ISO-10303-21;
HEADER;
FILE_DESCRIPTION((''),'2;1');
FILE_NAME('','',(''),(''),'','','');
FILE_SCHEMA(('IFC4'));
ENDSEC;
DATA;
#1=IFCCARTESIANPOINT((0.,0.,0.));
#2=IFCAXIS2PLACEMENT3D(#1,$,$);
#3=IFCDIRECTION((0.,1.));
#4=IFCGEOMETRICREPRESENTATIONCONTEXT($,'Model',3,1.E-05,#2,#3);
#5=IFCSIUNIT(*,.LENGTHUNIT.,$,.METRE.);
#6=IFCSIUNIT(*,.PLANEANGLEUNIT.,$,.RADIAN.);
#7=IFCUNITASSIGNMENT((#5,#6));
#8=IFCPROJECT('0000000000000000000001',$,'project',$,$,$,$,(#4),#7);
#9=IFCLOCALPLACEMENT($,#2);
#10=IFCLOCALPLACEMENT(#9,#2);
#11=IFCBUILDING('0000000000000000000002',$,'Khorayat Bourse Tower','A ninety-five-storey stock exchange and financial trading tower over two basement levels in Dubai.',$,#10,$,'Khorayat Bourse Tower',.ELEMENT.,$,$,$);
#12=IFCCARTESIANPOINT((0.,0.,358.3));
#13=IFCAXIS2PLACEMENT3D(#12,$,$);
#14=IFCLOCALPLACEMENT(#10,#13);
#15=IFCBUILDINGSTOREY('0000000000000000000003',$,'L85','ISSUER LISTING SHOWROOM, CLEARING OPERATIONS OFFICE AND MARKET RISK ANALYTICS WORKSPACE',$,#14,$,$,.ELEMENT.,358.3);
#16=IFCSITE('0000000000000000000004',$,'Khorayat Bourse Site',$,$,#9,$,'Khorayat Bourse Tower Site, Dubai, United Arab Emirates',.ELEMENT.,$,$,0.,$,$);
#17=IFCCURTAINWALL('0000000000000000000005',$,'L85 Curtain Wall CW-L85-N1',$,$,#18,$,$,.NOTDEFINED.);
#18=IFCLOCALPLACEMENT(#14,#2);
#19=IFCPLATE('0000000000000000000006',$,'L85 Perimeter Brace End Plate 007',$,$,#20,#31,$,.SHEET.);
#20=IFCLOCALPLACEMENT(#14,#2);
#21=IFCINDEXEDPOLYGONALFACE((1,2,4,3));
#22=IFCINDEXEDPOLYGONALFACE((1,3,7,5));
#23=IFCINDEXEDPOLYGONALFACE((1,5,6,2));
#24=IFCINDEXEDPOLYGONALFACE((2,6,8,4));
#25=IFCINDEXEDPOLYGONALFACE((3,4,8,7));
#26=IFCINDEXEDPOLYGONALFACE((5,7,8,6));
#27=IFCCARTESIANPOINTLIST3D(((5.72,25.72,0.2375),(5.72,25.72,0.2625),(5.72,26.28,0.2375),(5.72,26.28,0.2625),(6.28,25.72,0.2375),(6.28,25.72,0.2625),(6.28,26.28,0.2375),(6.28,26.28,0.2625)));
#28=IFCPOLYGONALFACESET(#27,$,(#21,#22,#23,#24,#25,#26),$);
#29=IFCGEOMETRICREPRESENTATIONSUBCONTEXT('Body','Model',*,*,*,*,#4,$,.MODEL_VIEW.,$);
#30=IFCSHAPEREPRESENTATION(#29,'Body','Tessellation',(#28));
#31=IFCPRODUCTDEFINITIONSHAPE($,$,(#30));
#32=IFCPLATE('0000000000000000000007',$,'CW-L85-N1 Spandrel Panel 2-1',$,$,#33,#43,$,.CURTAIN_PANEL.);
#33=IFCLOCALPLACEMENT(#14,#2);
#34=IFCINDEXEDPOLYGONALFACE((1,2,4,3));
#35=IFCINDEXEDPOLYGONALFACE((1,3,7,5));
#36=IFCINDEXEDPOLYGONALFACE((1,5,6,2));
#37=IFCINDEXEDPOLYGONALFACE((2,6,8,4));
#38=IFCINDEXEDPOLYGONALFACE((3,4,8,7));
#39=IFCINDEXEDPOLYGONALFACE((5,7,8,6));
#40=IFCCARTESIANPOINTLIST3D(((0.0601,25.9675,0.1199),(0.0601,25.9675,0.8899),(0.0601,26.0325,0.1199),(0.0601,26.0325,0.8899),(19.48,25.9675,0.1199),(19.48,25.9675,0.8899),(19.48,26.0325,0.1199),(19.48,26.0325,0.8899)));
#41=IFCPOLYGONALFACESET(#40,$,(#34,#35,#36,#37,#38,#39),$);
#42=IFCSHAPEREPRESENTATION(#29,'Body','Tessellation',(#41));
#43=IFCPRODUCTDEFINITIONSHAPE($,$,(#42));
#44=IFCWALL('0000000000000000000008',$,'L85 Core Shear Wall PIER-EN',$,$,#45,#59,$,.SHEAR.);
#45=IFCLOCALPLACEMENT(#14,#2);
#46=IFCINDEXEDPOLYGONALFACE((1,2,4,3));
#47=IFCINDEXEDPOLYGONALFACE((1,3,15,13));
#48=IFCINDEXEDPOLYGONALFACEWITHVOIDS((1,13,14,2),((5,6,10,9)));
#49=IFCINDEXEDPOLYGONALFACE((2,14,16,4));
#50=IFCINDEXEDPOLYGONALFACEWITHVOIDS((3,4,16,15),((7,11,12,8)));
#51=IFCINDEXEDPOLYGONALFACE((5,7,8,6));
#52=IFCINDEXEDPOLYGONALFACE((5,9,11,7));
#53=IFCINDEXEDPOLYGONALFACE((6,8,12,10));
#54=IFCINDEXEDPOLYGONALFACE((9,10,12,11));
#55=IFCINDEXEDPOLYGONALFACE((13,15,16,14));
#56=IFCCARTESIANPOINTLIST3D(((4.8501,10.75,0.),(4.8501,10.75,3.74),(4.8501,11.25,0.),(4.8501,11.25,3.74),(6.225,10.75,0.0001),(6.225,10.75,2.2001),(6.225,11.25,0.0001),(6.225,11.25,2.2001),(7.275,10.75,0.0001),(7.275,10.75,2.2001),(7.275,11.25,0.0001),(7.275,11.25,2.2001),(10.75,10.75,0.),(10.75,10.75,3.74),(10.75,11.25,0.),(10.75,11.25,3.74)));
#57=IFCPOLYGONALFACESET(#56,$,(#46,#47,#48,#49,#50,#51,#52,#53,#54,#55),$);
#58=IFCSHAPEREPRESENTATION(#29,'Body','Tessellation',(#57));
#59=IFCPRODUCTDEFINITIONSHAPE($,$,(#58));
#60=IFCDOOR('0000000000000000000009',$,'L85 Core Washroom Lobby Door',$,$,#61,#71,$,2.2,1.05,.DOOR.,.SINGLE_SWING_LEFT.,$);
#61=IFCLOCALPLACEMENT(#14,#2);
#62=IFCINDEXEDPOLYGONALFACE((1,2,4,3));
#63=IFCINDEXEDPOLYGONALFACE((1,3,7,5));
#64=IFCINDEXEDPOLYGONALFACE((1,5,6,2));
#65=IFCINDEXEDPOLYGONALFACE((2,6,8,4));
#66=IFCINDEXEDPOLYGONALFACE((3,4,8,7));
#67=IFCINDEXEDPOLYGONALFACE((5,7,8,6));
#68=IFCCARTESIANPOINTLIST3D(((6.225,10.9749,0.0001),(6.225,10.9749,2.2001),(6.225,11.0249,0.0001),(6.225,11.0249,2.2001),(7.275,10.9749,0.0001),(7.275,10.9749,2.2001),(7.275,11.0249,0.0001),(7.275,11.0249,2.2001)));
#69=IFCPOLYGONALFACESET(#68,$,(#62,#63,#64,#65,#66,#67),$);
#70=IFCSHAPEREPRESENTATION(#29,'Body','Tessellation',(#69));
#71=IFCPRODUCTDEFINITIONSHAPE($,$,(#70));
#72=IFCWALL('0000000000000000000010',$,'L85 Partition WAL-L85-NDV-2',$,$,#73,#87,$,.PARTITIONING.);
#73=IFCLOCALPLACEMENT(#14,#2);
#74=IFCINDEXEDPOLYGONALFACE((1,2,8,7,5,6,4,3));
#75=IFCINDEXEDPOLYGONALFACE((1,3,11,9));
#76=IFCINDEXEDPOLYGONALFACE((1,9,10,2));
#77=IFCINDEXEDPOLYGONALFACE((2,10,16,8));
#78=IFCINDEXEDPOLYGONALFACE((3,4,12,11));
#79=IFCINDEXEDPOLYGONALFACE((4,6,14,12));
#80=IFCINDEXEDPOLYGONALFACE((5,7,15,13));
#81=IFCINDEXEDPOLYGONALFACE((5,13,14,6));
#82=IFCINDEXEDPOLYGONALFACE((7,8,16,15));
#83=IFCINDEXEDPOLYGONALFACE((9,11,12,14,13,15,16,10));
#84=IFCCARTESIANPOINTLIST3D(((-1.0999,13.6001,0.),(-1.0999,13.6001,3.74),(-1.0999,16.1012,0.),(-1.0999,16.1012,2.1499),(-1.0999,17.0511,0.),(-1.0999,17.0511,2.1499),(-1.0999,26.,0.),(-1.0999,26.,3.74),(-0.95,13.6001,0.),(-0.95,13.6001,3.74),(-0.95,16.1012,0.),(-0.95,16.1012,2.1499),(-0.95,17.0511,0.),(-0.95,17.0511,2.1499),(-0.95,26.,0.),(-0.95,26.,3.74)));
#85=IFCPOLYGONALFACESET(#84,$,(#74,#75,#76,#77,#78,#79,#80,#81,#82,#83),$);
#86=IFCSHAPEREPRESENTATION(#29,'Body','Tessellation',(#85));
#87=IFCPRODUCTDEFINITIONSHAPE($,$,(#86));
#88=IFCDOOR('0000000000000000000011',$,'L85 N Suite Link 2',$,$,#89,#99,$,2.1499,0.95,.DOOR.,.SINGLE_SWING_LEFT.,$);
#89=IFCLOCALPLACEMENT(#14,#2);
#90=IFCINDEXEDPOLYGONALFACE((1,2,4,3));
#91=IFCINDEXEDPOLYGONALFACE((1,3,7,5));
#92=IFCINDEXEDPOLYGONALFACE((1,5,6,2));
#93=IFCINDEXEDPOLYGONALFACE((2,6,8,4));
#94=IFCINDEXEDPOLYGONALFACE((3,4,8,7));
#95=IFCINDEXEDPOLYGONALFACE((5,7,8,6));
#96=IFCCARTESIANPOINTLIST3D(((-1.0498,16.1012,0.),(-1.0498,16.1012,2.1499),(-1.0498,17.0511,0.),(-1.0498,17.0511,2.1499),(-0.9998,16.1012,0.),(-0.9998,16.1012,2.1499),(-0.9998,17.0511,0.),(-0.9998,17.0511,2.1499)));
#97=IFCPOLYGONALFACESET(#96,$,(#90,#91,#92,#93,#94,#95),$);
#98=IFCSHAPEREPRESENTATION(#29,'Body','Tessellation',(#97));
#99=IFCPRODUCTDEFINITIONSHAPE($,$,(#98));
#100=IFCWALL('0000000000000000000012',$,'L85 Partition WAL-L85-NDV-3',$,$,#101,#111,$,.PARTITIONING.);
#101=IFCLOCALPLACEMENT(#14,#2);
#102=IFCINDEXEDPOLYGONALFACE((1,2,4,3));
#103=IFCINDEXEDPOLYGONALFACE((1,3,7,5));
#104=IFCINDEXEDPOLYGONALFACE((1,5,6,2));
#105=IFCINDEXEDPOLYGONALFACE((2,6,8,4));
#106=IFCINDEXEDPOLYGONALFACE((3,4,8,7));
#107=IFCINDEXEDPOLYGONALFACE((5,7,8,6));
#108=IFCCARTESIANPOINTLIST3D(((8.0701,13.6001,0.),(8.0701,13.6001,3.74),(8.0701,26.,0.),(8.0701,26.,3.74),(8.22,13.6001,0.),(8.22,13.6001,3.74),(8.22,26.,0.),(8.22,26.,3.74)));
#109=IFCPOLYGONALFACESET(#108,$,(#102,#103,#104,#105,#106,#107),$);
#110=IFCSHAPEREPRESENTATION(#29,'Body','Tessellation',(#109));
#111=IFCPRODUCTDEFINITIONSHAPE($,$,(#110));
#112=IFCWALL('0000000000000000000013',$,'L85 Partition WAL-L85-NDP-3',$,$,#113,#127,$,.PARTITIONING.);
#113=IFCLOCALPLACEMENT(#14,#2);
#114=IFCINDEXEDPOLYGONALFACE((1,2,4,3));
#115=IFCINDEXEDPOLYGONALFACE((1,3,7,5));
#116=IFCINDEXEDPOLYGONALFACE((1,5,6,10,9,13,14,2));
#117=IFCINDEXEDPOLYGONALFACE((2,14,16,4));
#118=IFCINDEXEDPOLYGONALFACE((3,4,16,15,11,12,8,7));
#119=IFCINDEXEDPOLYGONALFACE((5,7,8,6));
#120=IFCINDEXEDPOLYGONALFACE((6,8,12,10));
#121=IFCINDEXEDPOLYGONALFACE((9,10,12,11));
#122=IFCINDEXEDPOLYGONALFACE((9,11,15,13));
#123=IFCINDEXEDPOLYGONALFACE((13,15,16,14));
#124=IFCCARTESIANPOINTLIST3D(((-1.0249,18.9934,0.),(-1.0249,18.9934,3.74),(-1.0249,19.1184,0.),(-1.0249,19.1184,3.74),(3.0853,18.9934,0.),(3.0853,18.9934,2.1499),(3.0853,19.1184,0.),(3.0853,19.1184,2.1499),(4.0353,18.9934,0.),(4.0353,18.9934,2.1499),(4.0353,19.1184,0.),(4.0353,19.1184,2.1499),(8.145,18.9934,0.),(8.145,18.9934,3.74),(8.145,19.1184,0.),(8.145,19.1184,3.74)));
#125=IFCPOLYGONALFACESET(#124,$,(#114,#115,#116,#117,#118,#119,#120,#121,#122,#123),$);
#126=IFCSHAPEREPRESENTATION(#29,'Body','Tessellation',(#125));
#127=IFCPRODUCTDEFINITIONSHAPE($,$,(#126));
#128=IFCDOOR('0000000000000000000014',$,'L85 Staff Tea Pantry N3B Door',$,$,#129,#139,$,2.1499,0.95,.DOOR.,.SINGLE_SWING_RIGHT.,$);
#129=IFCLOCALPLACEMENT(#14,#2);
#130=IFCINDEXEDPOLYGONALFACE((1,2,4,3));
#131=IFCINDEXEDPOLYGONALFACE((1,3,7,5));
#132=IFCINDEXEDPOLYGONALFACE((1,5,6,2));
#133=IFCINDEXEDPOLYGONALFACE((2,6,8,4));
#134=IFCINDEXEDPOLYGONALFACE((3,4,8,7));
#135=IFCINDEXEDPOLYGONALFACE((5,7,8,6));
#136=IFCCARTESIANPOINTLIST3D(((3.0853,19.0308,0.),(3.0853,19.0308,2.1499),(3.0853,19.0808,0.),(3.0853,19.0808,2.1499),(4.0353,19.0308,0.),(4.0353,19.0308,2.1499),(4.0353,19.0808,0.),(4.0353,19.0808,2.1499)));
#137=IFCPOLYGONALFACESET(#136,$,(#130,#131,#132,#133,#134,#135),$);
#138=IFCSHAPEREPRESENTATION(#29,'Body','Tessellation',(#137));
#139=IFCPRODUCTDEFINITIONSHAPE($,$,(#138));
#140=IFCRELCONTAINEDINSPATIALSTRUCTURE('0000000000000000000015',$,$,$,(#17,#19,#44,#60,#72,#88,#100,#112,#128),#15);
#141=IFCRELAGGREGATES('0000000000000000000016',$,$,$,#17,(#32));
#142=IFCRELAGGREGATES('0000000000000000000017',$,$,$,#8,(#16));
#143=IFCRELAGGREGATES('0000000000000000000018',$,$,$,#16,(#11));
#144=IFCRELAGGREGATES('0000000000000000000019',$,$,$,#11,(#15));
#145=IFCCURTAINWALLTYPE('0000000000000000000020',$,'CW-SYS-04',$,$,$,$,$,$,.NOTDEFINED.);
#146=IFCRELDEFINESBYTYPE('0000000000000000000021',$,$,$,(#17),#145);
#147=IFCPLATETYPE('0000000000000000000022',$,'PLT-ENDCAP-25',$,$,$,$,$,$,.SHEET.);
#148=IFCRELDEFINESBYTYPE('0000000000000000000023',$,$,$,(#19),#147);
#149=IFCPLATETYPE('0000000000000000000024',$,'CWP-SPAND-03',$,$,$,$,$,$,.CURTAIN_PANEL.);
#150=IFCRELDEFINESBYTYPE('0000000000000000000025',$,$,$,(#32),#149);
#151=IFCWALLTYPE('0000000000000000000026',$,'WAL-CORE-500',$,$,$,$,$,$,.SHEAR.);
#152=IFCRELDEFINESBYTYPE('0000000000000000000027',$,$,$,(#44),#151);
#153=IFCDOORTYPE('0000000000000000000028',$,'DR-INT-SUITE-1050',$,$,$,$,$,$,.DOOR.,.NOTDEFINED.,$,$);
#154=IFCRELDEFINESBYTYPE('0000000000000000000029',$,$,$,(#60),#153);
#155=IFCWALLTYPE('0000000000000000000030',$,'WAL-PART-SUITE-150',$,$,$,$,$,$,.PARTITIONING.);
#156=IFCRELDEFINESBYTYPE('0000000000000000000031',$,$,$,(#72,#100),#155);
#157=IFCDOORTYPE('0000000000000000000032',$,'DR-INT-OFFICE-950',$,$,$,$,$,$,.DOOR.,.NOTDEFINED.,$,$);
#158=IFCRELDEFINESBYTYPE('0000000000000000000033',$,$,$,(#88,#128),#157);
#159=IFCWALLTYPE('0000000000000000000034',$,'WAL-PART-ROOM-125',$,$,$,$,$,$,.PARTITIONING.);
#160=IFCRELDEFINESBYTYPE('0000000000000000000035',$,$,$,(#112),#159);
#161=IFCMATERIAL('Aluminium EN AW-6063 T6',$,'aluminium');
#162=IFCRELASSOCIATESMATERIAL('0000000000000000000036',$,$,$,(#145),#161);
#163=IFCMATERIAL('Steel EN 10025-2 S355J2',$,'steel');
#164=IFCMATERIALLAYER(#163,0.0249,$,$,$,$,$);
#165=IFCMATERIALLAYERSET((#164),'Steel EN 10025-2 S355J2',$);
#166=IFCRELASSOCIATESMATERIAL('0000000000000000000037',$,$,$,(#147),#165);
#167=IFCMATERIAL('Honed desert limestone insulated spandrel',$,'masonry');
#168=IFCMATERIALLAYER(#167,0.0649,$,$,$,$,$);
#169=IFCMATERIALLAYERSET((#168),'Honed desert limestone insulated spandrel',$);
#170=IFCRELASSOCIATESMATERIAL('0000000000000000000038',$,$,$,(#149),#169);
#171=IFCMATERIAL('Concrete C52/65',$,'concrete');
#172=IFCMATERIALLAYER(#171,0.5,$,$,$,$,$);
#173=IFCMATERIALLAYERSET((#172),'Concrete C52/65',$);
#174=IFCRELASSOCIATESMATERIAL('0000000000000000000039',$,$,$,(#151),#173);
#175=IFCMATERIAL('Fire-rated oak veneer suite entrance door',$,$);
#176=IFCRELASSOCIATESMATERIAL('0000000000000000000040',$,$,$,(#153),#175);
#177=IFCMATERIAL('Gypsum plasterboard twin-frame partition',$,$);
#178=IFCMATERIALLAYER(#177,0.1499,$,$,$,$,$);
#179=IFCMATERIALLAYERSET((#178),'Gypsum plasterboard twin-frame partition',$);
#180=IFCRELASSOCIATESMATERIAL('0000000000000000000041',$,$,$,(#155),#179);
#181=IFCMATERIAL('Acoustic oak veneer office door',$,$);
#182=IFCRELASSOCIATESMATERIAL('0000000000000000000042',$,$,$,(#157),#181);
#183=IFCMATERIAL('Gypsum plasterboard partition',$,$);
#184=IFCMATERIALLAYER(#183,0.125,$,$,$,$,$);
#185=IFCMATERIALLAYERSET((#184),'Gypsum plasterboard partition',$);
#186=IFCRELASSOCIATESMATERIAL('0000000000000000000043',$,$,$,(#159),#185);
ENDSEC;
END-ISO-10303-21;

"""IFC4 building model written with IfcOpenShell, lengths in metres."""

from ifc_helpers import new_model, si_unit, direction, frame, frame_2d, origin, origin_2d, place, context, subcontext, project, spatial, rectangle, extrude, source, transform, mapped, material, layer, layer_set, type_object, element, fill, aggregate, save


model = new_model("IFC4")

# Units and contexts
model_context = context("Model", 3, precision=1e-05, world=origin(), true_north=direction((0.0, 1.0)))
body_context = subcontext(model_context, "Body", "Model", "MODEL_VIEW")
ifc_project = project(units=[si_unit("LENGTHUNIT", "METRE"), si_unit("PLANEANGLEUNIT", "RADIAN")], contexts=[model_context])

# Site, building, storey
site_placement = place(None, origin())
site = spatial("IfcSite", under=ifc_project, at=site_placement, Name="Khorayat Bourse Site", LongName="Khorayat Bourse Tower Site, Dubai, United Arab Emirates", CompositionType="ELEMENT", RefElevation=0.0)
building_placement = place(site_placement, origin())
building = spatial("IfcBuilding", under=site, at=building_placement, Name="Khorayat Bourse Tower", Description="A ninety-five-storey stock exchange and financial trading tower over two basement levels in Dubai.", LongName="Khorayat Bourse Tower", CompositionType="ELEMENT")
storey_placement = place(building_placement, frame((0.0, 0.0, 358.3)))
storey = spatial("IfcBuildingStorey", under=building, at=storey_placement, Name="L85", Description="ISSUER LISTING SHOWROOM, CLEARING OPERATIONS OFFICE AND MARKET RISK ANALYTICS WORKSPACE", CompositionType="ELEMENT", Elevation=358.3)

# Shared definitions
ifc_material_1 = material(Name="Concrete C52/65", Category="concrete")
ifc_material_2 = material(Name="Steel EN 10025-2 S355J2", Category="steel")

# Curtain wall
ifc_material_3 = material(Name="Aluminium EN AW-6063 T6", Category="aluminium")
curtain_wall_type = type_object("IfcCurtainWallType", Name="CW-SYS-04", PredefinedType="NOTDEFINED", material=ifc_material_3)
curtain_wall_placement = place(storey_placement, origin())
curtain_wall = element("IfcCurtainWall", 1, at=curtain_wall_placement, inside=storey, type_object=curtain_wall_type, Name="L85 Curtain Wall CW-L85-N1", PredefinedType="NOTDEFINED")

# Plates
ifc_layer_1 = layer(ifc_material_2, 0.0249)
ifc_layer_set_1 = layer_set([ifc_layer_1], Name="Steel EN 10025-2 S355J2")
plate_type_1 = type_object("IfcPlateType", Name="PLT-ENDCAP-25", PredefinedType="SHEET", material=ifc_layer_set_1)
shared_shape_1 = source(origin(), body_context, "Body", "SweptSolid", [
    extrude(rectangle(XDim=0.5601, YDim=0.5601, at=origin_2d()), origin(), (0.0, 0.0, 1.0), 0.0249),
])
plate_1_placement = place(storey_placement, frame((6.0, 26.0, 0.2375), z_axis=(0.0, 0.0, 1.0), x_axis=(1.0, 0.0, 0.0)))
element("IfcPlate", 2, at=plate_1_placement, inside=storey, type_object=plate_type_1, Name="L85 Perimeter Brace End Plate 007", PredefinedType="SHEET", context=body_context, shape_type="MappedRepresentation", body=[
    mapped(shared_shape_1, transform((0.0, 0.0, 0.0), scale=1.0)),
])
ifc_material_4 = material(Name="Honed desert limestone insulated spandrel", Category="masonry")
ifc_layer_2 = layer(ifc_material_4, 0.0649)
ifc_layer_set_2 = layer_set([ifc_layer_2], Name="Honed desert limestone insulated spandrel")
plate_type_2 = type_object("IfcPlateType", Name="CWP-SPAND-03", PredefinedType="CURTAIN_PANEL", material=ifc_layer_set_2)
shared_shape_2 = source(origin(), body_context, "Body", "SweptSolid", [
    extrude(rectangle(XDim=19.4199, YDim=0.0649, at=origin_2d()), origin(), (0.0, 0.0, 1.0), 0.77),
])
plate_2_placement = place(storey_placement, frame((9.77, 26.0, 0.1199), z_axis=(0.0, 0.0, 1.0), x_axis=(1.0, 0.0, 0.0)))
plate_2 = element("IfcPlate", 3, at=plate_2_placement, type_object=plate_type_2, Name="CW-L85-N1 Spandrel Panel 2-1", PredefinedType="CURTAIN_PANEL", context=body_context, shape_type="MappedRepresentation", body=[
    mapped(shared_shape_2, transform((0.0, 0.0, 0.0), scale=1.0)),
])
aggregate(curtain_wall, [plate_2])

# Walls, openings, doors
ifc_layer_3 = layer(ifc_material_1, 0.5)
ifc_layer_set_3 = layer_set([ifc_layer_3], Name="Concrete C52/65")
wall_type_1 = type_object("IfcWallType", Name="WAL-CORE-500", PredefinedType="SHEAR", material=ifc_layer_set_3)
shared_shape_3 = source(origin(), body_context, "Body", "SweptSolid", [
    extrude(rectangle(XDim=5.8999, YDim=0.5, at=frame_2d((2.95, 0.0))), origin(), (0.0, 0.0, 1.0), 3.74),
])
wall_1_placement = place(storey_placement, frame((4.8501, 11.0, 0.0), z_axis=(0.0, 0.0, 1.0), x_axis=(1.0, 0.0, 0.0)))
wall_1 = element("IfcWall", 4, at=wall_1_placement, inside=storey, type_object=wall_type_1, Name="L85 Core Shear Wall PIER-EN", PredefinedType="SHEAR", context=body_context, shape_type="MappedRepresentation", body=[
    mapped(shared_shape_3, transform((0.0, 0.0, 0.0), scale=1.0)),
])
shared_shape_4 = source(origin(), body_context, "Body", "SweptSolid", [
    extrude(rectangle(XDim=1.05, YDim=2.2, at=frame_2d((0.5249, 1.1001))), frame((0.0, 0.26, 0.0), z_axis=(0.0, -1.0, 0.0), x_axis=(1.0, 0.0, 0.0)), (0.0, 0.0, 1.0), 0.52),
])
opening_1_placement = place(wall_1_placement, frame((1.375, 0.0, 0.0)))
opening_1 = element("IfcOpeningElement", 5, at=opening_1_placement, cuts=wall_1, PredefinedType="OPENING", context=body_context, shape_type="MappedRepresentation", body=[
    mapped(shared_shape_4, transform((0.0, 0.0, 0.0), scale=1.0)),
])
ifc_material_5 = material(Name="Fire-rated oak veneer suite entrance door")
door_type_1 = type_object("IfcDoorType", Name="DR-INT-SUITE-1050", OperationType="NOTDEFINED", PredefinedType="DOOR", material=ifc_material_5)
shared_shape_5 = source(origin(), body_context, "Body", "SweptSolid", [
    extrude(rectangle(XDim=1.05, YDim=2.2, at=frame_2d((0.5249, 1.1001))), frame((0.0, 0.0249, 0.0), z_axis=(0.0, -1.0, 0.0), x_axis=(1.0, 0.0, 0.0)), (0.0, 0.0, 1.0), 0.05),
])
door_1_placement = place(opening_1_placement, origin())
door_1 = element("IfcDoor", 6, at=door_1_placement, inside=storey, type_object=door_type_1, Name="L85 Core Washroom Lobby Door", OperationType="SINGLE_SWING_LEFT", OverallHeight=2.2, OverallWidth=1.05, PredefinedType="DOOR", context=body_context, shape_type="MappedRepresentation", body=[
    mapped(shared_shape_5, transform((0.0, 0.0, 0.0), scale=1.0)),
])
fill(opening_1, door_1)
ifc_material_6 = material(Name="Gypsum plasterboard twin-frame partition")
ifc_layer_4 = layer(ifc_material_6, 0.1499)
ifc_layer_set_4 = layer_set([ifc_layer_4], Name="Gypsum plasterboard twin-frame partition")
wall_type_2 = type_object("IfcWallType", Name="WAL-PART-SUITE-150", PredefinedType="PARTITIONING", material=ifc_layer_set_4)
shared_shape_6 = source(origin(), body_context, "Body", "SweptSolid", [
    extrude(rectangle(XDim=12.3999, YDim=0.1499, at=frame_2d((6.2, 0.0))), origin(), (0.0, 0.0, 1.0), 3.74),
])
wall_2_placement = place(storey_placement, frame((-1.0249, 13.6001, 0.0), z_axis=(0.0, 0.0, 1.0), x_axis=(0.0, 1.0, 0.0)))
wall_2 = element("IfcWall", 7, at=wall_2_placement, inside=storey, type_object=wall_type_2, Name="L85 Partition WAL-L85-NDV-2", PredefinedType="PARTITIONING", context=body_context, shape_type="MappedRepresentation", body=[
    mapped(shared_shape_6, transform((0.0, 0.0, 0.0), scale=1.0)),
])
shared_shape_7 = source(origin(), body_context, "Body", "SweptSolid", [
    extrude(rectangle(XDim=0.95, YDim=2.1499, at=frame_2d((0.4751, 1.075))), frame((0.0, 0.085, 0.0), z_axis=(0.0, -1.0, 0.0), x_axis=(1.0, 0.0, 0.0)), (0.0, 0.0, 1.0), 0.1699),
])
opening_2_placement = place(wall_2_placement, frame((2.501, 0.0, 0.0)))
opening_2 = element("IfcOpeningElement", 8, at=opening_2_placement, cuts=wall_2, PredefinedType="OPENING", context=body_context, shape_type="MappedRepresentation", body=[
    mapped(shared_shape_7, transform((0.0, 0.0, 0.0), scale=1.0)),
])
ifc_material_7 = material(Name="Acoustic oak veneer office door")
door_type_2 = type_object("IfcDoorType", Name="DR-INT-OFFICE-950", OperationType="NOTDEFINED", PredefinedType="DOOR", material=ifc_material_7)
shared_shape_8 = source(origin(), body_context, "Body", "SweptSolid", [
    extrude(rectangle(XDim=0.95, YDim=2.1499, at=frame_2d((0.4751, 1.075))), frame((0.0, 0.0249, 0.0), z_axis=(0.0, -1.0, 0.0), x_axis=(1.0, 0.0, 0.0)), (0.0, 0.0, 1.0), 0.05),
])
door_2_placement = place(opening_2_placement, origin())
door_2 = element("IfcDoor", 9, at=door_2_placement, inside=storey, type_object=door_type_2, Name="L85 N Suite Link 2", OperationType="SINGLE_SWING_LEFT", OverallHeight=2.1499, OverallWidth=0.95, PredefinedType="DOOR", context=body_context, shape_type="MappedRepresentation", body=[
    mapped(shared_shape_8, transform((0.0, 0.0, 0.0), scale=1.0)),
])
fill(opening_2, door_2)

# Wall
wall_3_placement = place(storey_placement, frame((8.145, 13.6001, 0.0), z_axis=(0.0, 0.0, 1.0), x_axis=(0.0, 1.0, 0.0)))
element("IfcWall", 10, at=wall_3_placement, inside=storey, type_object=wall_type_2, Name="L85 Partition WAL-L85-NDV-3", PredefinedType="PARTITIONING", context=body_context, shape_type="MappedRepresentation", body=[
    mapped(shared_shape_6, transform((0.0, 0.0, 0.0), scale=1.0)),
])

# Wall, opening, door
ifc_material_8 = material(Name="Gypsum plasterboard partition")
ifc_layer_5 = layer(ifc_material_8, 0.125)
ifc_layer_set_5 = layer_set([ifc_layer_5], Name="Gypsum plasterboard partition")
wall_type_3 = type_object("IfcWallType", Name="WAL-PART-ROOM-125", PredefinedType="PARTITIONING", material=ifc_layer_set_5)
shared_shape_9 = source(origin(), body_context, "Body", "SweptSolid", [
    extrude(rectangle(XDim=9.1699, YDim=0.125, at=frame_2d((4.585, 0.0))), origin(), (0.0, 0.0, 1.0), 3.74),
])
wall_4_placement = place(storey_placement, frame((-1.0249, 19.0559, 0.0), z_axis=(0.0, 0.0, 1.0), x_axis=(1.0, 0.0, 0.0)))
wall_4 = element("IfcWall", 11, at=wall_4_placement, inside=storey, type_object=wall_type_3, Name="L85 Partition WAL-L85-NDP-3", PredefinedType="PARTITIONING", context=body_context, shape_type="MappedRepresentation", body=[
    mapped(shared_shape_9, transform((0.0, 0.0, 0.0), scale=1.0)),
])
shared_shape_10 = source(origin(), body_context, "Body", "SweptSolid", [
    extrude(rectangle(XDim=0.95, YDim=2.1499, at=frame_2d((0.4751, 1.075))), frame((0.0, 0.0725, 0.0), z_axis=(0.0, -1.0, 0.0), x_axis=(1.0, 0.0, 0.0)), (0.0, 0.0, 1.0), 0.145),
])
opening_3_placement = place(wall_4_placement, frame((4.1101, 0.0, 0.0)))
opening_3 = element("IfcOpeningElement", 12, at=opening_3_placement, cuts=wall_4, PredefinedType="OPENING", context=body_context, shape_type="MappedRepresentation", body=[
    mapped(shared_shape_10, transform((0.0, 0.0, 0.0), scale=1.0)),
])
door_3_placement = place(opening_3_placement, origin())
door_3 = element("IfcDoor", 13, at=door_3_placement, inside=storey, type_object=door_type_2, Name="L85 Staff Tea Pantry N3B Door", OperationType="SINGLE_SWING_RIGHT", OverallHeight=2.1499, OverallWidth=0.95, PredefinedType="DOOR", context=body_context, shape_type="MappedRepresentation", body=[
    mapped(shared_shape_8, transform((0.0, 0.0, 0.0), scale=1.0)),
])
fill(opening_3, door_3)

save(model, "model.ifc")
